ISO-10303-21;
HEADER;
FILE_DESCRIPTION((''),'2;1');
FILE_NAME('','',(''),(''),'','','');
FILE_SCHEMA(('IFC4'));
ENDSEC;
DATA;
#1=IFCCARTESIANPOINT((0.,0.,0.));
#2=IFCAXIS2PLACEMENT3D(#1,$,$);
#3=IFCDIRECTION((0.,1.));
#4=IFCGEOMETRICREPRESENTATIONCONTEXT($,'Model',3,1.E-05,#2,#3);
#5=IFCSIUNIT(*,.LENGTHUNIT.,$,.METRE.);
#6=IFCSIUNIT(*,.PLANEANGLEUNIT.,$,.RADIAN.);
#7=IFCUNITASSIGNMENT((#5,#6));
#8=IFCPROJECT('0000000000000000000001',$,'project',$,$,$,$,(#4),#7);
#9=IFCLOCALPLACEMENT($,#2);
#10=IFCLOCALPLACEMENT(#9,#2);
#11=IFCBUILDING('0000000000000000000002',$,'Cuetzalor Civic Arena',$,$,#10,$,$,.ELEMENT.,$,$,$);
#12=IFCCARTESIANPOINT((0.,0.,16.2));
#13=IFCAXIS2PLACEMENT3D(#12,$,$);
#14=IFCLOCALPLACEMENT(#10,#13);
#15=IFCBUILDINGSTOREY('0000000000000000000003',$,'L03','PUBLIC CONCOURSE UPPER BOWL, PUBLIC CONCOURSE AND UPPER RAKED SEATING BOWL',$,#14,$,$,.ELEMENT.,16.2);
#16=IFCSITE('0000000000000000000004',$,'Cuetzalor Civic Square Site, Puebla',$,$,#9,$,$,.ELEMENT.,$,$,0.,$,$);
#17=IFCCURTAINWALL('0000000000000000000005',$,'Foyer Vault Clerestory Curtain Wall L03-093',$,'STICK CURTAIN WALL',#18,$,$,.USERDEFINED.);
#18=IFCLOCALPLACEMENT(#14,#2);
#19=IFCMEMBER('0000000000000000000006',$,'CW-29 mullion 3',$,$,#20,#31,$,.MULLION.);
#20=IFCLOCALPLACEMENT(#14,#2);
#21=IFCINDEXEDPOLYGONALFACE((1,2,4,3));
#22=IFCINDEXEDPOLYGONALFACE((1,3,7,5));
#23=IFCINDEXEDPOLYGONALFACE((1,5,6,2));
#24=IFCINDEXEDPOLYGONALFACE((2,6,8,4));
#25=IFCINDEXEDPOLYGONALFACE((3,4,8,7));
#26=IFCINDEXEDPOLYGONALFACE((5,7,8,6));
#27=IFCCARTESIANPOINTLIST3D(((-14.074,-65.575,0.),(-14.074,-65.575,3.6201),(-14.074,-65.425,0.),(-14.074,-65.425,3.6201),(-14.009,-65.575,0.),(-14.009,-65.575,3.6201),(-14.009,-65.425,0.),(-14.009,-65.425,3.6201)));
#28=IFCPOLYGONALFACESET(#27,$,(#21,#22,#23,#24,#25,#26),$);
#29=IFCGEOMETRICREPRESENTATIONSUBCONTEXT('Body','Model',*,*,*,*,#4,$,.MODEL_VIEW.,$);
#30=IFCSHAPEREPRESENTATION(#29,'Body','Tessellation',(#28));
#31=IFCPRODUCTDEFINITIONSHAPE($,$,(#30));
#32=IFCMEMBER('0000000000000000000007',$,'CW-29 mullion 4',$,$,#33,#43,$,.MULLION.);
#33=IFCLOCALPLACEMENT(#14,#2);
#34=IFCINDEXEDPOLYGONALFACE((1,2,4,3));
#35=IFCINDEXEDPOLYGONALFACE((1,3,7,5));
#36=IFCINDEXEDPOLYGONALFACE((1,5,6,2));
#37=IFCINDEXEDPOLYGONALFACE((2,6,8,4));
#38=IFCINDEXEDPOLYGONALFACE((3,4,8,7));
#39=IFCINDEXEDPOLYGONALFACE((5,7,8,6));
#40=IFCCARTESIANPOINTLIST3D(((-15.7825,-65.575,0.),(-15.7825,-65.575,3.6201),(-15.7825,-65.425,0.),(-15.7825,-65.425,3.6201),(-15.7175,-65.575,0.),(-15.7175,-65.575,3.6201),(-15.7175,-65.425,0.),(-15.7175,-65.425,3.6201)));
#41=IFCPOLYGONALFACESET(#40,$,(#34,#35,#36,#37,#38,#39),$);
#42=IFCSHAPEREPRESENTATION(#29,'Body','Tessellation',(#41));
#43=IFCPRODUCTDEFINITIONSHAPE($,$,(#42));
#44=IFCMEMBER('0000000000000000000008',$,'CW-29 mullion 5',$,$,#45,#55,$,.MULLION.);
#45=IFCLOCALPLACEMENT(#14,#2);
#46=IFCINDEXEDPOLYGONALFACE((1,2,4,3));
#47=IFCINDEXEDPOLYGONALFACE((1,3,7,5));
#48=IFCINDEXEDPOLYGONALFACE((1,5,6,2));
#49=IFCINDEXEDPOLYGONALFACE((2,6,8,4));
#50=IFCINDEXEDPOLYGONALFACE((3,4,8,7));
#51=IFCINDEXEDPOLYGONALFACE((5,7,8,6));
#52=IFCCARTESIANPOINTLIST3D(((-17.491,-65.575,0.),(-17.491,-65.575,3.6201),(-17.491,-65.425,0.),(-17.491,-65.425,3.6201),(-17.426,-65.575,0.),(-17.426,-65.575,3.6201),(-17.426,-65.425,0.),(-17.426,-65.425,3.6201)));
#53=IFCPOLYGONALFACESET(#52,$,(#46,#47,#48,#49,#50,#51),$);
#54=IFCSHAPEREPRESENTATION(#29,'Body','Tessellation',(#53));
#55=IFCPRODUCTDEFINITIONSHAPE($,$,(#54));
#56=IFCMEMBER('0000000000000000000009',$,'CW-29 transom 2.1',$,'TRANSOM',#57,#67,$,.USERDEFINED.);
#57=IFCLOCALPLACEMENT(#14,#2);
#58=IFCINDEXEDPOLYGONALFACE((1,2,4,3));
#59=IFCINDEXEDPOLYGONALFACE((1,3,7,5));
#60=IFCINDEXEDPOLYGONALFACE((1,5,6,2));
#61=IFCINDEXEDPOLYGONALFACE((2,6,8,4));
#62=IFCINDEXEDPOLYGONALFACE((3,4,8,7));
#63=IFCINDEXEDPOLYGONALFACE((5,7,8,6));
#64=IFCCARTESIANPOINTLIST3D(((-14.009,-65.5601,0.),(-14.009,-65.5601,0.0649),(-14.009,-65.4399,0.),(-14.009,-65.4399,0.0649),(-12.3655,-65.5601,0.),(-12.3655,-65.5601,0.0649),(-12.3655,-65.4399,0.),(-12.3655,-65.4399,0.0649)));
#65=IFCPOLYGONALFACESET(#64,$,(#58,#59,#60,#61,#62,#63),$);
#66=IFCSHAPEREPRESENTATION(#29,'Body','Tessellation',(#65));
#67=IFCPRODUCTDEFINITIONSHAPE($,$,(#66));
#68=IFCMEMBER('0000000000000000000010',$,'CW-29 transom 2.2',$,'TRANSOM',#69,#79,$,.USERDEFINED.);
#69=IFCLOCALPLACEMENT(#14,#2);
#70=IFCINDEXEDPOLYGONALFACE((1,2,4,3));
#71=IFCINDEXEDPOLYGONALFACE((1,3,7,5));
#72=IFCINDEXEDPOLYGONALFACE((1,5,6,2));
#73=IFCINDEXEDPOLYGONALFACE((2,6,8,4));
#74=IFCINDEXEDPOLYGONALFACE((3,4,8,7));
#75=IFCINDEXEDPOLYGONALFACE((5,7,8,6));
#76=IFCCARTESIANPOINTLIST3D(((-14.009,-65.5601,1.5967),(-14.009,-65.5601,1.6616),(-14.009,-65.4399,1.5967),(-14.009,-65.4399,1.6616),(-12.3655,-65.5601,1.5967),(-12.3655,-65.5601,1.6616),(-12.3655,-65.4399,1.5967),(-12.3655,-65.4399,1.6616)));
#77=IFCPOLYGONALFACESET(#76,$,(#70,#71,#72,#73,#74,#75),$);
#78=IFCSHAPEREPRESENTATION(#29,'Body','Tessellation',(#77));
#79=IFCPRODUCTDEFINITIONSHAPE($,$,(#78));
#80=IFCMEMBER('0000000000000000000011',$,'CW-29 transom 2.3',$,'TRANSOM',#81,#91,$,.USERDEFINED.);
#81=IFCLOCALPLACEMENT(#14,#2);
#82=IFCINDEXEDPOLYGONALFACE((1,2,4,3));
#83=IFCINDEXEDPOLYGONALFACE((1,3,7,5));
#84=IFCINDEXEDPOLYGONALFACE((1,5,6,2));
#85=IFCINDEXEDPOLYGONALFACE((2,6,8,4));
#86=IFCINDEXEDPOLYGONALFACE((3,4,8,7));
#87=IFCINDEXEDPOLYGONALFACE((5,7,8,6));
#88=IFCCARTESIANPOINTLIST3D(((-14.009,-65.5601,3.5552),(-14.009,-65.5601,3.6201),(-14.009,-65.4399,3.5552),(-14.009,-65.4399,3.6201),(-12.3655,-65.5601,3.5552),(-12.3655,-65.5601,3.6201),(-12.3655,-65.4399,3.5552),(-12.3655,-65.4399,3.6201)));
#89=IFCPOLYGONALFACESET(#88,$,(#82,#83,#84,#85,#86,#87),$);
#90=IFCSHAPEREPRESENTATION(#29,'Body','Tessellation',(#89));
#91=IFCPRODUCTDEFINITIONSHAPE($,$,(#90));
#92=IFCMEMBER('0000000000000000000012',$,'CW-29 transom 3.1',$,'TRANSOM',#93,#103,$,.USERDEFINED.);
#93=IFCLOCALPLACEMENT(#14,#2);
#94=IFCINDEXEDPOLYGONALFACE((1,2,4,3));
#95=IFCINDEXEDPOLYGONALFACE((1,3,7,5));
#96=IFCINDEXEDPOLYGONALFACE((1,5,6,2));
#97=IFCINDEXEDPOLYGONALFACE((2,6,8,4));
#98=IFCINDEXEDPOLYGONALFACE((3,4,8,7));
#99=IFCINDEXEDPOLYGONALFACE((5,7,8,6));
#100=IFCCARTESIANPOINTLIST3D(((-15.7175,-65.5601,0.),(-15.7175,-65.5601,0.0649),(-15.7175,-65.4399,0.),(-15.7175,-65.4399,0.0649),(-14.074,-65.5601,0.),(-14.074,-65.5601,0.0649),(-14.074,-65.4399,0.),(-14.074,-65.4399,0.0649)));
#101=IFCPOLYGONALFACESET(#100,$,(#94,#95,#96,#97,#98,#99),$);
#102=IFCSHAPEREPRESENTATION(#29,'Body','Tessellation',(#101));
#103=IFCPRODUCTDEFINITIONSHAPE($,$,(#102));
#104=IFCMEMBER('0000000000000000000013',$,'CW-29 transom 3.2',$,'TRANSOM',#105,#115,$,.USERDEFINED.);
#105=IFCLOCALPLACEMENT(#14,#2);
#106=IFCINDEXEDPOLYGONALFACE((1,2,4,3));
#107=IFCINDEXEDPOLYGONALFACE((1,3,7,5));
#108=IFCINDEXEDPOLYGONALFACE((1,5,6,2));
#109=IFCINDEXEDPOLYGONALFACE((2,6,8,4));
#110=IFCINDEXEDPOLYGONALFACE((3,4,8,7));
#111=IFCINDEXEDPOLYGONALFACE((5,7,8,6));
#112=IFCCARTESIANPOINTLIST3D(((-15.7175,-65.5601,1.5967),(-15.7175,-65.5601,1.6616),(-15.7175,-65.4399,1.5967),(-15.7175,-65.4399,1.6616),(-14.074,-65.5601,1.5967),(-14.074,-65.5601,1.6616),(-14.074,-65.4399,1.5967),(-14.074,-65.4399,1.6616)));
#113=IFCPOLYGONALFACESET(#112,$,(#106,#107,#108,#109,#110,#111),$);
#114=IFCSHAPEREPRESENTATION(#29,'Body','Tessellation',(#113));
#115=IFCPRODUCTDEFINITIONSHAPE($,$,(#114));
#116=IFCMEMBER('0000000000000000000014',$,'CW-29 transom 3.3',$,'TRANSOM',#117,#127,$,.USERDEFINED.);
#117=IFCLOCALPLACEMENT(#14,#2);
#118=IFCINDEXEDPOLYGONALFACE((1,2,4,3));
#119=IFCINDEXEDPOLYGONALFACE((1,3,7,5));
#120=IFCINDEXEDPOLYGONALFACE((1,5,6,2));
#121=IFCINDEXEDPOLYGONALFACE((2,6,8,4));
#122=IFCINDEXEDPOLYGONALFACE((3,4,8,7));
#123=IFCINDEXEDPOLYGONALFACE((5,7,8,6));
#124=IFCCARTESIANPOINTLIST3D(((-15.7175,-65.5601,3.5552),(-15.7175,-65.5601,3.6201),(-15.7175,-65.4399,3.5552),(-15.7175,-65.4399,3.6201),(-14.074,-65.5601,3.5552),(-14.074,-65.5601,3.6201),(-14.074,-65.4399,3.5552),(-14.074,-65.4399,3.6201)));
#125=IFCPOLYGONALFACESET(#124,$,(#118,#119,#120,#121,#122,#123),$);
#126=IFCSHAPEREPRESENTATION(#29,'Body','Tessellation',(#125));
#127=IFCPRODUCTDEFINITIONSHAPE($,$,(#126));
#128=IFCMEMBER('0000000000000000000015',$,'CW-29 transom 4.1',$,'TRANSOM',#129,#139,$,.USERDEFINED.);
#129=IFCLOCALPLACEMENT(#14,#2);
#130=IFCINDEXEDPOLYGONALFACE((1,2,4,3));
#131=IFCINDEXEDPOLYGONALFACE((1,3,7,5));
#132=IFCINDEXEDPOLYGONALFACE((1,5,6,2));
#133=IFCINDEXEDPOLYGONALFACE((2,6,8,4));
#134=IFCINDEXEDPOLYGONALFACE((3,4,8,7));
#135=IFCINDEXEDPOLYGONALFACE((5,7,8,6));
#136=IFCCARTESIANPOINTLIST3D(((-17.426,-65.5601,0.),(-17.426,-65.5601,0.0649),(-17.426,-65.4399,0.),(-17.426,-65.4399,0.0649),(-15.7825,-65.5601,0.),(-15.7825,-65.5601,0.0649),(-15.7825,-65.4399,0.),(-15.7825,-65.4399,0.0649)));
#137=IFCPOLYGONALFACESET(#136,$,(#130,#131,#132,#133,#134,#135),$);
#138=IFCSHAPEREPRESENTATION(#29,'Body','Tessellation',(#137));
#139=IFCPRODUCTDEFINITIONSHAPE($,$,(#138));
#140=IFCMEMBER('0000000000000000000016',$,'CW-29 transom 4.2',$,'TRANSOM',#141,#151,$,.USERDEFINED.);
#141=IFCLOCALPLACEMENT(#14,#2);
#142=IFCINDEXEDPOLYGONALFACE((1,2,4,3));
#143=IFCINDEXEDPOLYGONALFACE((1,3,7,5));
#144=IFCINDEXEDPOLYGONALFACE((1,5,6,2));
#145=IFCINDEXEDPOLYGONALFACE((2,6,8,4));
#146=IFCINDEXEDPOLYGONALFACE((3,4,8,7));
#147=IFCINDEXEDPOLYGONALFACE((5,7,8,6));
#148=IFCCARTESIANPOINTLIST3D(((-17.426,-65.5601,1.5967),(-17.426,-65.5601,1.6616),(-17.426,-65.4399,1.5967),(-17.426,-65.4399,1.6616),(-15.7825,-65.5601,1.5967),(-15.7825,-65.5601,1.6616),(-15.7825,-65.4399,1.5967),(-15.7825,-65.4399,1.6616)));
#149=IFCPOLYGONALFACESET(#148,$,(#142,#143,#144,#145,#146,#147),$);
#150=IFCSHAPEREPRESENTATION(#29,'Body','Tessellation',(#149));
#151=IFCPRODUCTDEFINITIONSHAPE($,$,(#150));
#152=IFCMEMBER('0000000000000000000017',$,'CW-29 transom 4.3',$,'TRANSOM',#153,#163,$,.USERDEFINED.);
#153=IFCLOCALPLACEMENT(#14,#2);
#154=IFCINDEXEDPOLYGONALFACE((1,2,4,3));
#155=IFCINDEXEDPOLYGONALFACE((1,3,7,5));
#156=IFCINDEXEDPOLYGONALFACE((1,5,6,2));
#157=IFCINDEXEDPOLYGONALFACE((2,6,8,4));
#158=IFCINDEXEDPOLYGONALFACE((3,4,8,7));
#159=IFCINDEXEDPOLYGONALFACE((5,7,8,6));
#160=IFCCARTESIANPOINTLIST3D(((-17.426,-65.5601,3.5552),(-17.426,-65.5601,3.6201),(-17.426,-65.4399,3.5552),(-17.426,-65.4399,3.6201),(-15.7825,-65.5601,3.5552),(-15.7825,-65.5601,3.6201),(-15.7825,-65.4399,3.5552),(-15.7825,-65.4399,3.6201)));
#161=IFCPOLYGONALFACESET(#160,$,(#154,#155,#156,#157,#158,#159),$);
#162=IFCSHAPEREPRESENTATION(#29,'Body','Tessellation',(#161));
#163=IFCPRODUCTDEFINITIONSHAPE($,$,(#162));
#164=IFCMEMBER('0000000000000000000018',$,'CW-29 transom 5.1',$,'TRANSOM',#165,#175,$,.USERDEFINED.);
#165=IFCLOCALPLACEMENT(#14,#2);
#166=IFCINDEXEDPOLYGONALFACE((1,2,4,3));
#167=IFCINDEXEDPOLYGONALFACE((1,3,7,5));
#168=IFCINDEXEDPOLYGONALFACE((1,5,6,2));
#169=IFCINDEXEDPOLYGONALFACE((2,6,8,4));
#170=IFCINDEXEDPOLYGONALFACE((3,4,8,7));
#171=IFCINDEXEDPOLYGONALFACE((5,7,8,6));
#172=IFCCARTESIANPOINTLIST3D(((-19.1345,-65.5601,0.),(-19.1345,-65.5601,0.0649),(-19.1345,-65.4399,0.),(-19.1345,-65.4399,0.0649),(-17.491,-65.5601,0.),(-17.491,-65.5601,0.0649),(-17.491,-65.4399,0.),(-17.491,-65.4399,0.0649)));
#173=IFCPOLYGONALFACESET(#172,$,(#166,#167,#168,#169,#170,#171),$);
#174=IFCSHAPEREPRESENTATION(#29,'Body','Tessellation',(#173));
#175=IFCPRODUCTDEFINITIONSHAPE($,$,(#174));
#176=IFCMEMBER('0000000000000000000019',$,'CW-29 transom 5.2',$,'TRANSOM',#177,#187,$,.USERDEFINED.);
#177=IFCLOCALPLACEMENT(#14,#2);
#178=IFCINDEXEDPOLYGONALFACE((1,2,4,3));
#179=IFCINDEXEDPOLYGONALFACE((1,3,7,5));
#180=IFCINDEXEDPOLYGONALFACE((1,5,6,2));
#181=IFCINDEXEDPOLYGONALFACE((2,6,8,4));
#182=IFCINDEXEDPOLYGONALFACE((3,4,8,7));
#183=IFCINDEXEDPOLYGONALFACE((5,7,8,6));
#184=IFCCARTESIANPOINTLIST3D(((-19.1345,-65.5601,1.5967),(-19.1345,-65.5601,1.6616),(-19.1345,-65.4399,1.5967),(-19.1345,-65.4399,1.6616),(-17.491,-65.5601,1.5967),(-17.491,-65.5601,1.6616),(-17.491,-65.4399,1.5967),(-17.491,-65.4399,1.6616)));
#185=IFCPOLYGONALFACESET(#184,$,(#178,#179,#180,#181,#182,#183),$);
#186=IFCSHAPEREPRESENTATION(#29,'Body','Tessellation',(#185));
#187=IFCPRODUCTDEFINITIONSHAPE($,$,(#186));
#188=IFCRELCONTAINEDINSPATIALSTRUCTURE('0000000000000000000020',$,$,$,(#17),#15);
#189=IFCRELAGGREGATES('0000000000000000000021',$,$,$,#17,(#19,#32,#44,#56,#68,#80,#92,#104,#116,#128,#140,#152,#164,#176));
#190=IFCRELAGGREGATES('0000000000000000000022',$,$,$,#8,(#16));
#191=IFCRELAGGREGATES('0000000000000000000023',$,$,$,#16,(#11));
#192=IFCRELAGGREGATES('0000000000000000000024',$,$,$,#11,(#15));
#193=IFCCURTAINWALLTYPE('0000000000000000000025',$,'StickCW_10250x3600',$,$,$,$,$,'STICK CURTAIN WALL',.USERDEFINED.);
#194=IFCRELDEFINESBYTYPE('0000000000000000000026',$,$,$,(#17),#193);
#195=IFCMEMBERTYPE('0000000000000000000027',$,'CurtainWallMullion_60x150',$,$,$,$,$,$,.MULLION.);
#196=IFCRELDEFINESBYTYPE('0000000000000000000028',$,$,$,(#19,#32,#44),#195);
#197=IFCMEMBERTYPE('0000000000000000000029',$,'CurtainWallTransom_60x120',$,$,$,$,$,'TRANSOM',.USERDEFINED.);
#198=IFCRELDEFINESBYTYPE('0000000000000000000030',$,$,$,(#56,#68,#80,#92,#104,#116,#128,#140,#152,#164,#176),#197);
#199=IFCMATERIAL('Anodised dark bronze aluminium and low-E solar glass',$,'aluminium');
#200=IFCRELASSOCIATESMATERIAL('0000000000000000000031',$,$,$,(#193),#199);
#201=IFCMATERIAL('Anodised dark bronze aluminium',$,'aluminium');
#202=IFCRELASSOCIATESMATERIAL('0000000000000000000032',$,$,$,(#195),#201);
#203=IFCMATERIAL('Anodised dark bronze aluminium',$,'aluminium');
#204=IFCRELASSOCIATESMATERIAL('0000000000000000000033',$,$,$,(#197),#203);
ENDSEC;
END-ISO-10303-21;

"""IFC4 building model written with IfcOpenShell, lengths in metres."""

from ifc_helpers import new_model, si_unit, direction, frame, origin, origin_2d, place, context, subcontext, project, spatial, rectangle, extrude, material, material_profile, profile_set, type_object, element, aggregate, save


model = new_model("IFC4")

# Units and contexts
model_context = context("Model", 3, precision=1e-05, world=origin(), true_north=direction((0.0, 1.0)))
body_context = subcontext(model_context, "Body", "Model", "MODEL_VIEW")
ifc_project = project(units=[si_unit("LENGTHUNIT", "METRE"), si_unit("PLANEANGLEUNIT", "RADIAN")], contexts=[model_context])

# Site, building, storey
site_placement = place(None, origin())
site = spatial("IfcSite", under=ifc_project, at=site_placement, Name="Cuetzalor Civic Square Site, Puebla", CompositionType="ELEMENT", RefElevation=0.0)
building_placement = place(site_placement, origin())
building = spatial("IfcBuilding", under=site, at=building_placement, Name="Cuetzalor Civic Arena", CompositionType="ELEMENT")
storey_placement = place(building_placement, frame((0.0, 0.0, 16.2)))
storey = spatial("IfcBuildingStorey", under=building, at=storey_placement, Name="L03", Description="PUBLIC CONCOURSE UPPER BOWL, PUBLIC CONCOURSE AND UPPER RAKED SEATING BOWL", CompositionType="ELEMENT", Elevation=16.2)

# Curtain wall, members
ifc_material_1 = material(Name="Anodised dark bronze aluminium and low-E solar glass", Category="aluminium")
curtain_wall_type = type_object("IfcCurtainWallType", Name="StickCW_10250x3600", ElementType="STICK CURTAIN WALL", PredefinedType="USERDEFINED", material=ifc_material_1)
curtain_wall_placement = place(storey_placement, origin())
curtain_wall = element("IfcCurtainWall", 1, at=curtain_wall_placement, inside=storey, type_object=curtain_wall_type, Name="Foyer Vault Clerestory Curtain Wall L03-093", ObjectType="STICK CURTAIN WALL", PredefinedType="USERDEFINED")
ifc_material_2 = material(Name="Anodised dark bronze aluminium", Category="aluminium")
ifc_material_profile_1 = material_profile(ifc_material_2, rectangle(XDim=0.0649, YDim=0.1499, at=origin_2d()), Name="ALU MULLION 65x150")
ifc_profile_set_1 = profile_set([ifc_material_profile_1], Name="Anodised dark bronze aluminium")
member_type_1 = type_object("IfcMemberType", Name="CurtainWallMullion_60x150", PredefinedType="MULLION", material=ifc_profile_set_1)
member_1_placement = place(storey_placement, frame((-14.0415, -65.5, 0.0), z_axis=(0.0, 0.0, 1.0), x_axis=(-1.0, 0.0, 0.0)))
member_1 = element("IfcMember", 2, at=member_1_placement, type_object=member_type_1, Name="CW-29 mullion 3", PredefinedType="MULLION", context=body_context, shape_type="SweptSolid", body=[
    extrude(rectangle(XDim=0.0649, YDim=0.1499, at=origin_2d()), origin(), (0.0, 0.0, 1.0), 3.6201),
])
member_2_placement = place(storey_placement, frame((-15.75, -65.5, 0.0), z_axis=(0.0, 0.0, 1.0), x_axis=(-1.0, 0.0, 0.0)))
member_2 = element("IfcMember", 3, at=member_2_placement, type_object=member_type_1, Name="CW-29 mullion 4", PredefinedType="MULLION", context=body_context, shape_type="SweptSolid", body=[
    extrude(rectangle(XDim=0.0649, YDim=0.1499, at=origin_2d()), origin(), (0.0, 0.0, 1.0), 3.6201),
])
member_3_placement = place(storey_placement, frame((-17.4585, -65.5, 0.0), z_axis=(0.0, 0.0, 1.0), x_axis=(-1.0, 0.0, 0.0)))
member_3 = element("IfcMember", 4, at=member_3_placement, type_object=member_type_1, Name="CW-29 mullion 5", PredefinedType="MULLION", context=body_context, shape_type="SweptSolid", body=[
    extrude(rectangle(XDim=0.0649, YDim=0.1499, at=origin_2d()), origin(), (0.0, 0.0, 1.0), 3.6201),
])
ifc_material_3 = material(Name="Anodised dark bronze aluminium", Category="aluminium")
ifc_material_profile_2 = material_profile(ifc_material_3, rectangle(XDim=0.1201, YDim=0.0649, at=origin_2d()), Name="ALU TRANSOM 65x120")
ifc_profile_set_2 = profile_set([ifc_material_profile_2], Name="Anodised dark bronze aluminium")
member_type_2 = type_object("IfcMemberType", Name="CurtainWallTransom_60x120", ElementType="TRANSOM", PredefinedType="USERDEFINED", material=ifc_profile_set_2)
member_4_placement = place(storey_placement, frame((-12.3655, -65.5, 0.0325), z_axis=(-1.0, 0.0, 0.0), x_axis=(0.0, -1.0, 0.0)))
member_4 = element("IfcMember", 5, at=member_4_placement, type_object=member_type_2, Name="CW-29 transom 2.1", ObjectType="TRANSOM", PredefinedType="USERDEFINED", context=body_context, shape_type="SweptSolid", body=[
    extrude(rectangle(XDim=0.1201, YDim=0.0649, at=origin_2d()), origin(), (0.0, 0.0, 1.0), 1.6436),
])
member_5_placement = place(storey_placement, frame((-12.3655, -65.5, 1.6292), z_axis=(-1.0, 0.0, 0.0), x_axis=(0.0, -1.0, 0.0)))
member_5 = element("IfcMember", 6, at=member_5_placement, type_object=member_type_2, Name="CW-29 transom 2.2", ObjectType="TRANSOM", PredefinedType="USERDEFINED", context=body_context, shape_type="SweptSolid", body=[
    extrude(rectangle(XDim=0.1201, YDim=0.0649, at=origin_2d()), origin(), (0.0, 0.0, 1.0), 1.6436),
])
member_6_placement = place(storey_placement, frame((-12.3655, -65.5, 3.5876), z_axis=(-1.0, 0.0, 0.0), x_axis=(0.0, -1.0, 0.0)))
member_6 = element("IfcMember", 7, at=member_6_placement, type_object=member_type_2, Name="CW-29 transom 2.3", ObjectType="TRANSOM", PredefinedType="USERDEFINED", context=body_context, shape_type="SweptSolid", body=[
    extrude(rectangle(XDim=0.1201, YDim=0.0649, at=origin_2d()), origin(), (0.0, 0.0, 1.0), 1.6436),
])
member_7_placement = place(storey_placement, frame((-14.074, -65.5, 0.0325), z_axis=(-1.0, 0.0, 0.0), x_axis=(0.0, -1.0, 0.0)))
member_7 = element("IfcMember", 8, at=member_7_placement, type_object=member_type_2, Name="CW-29 transom 3.1", ObjectType="TRANSOM", PredefinedType="USERDEFINED", context=body_context, shape_type="SweptSolid", body=[
    extrude(rectangle(XDim=0.1201, YDim=0.0649, at=origin_2d()), origin(), (0.0, 0.0, 1.0), 1.6436),
])
member_8_placement = place(storey_placement, frame((-14.074, -65.5, 1.6292), z_axis=(-1.0, 0.0, 0.0), x_axis=(0.0, -1.0, 0.0)))
member_8 = element("IfcMember", 9, at=member_8_placement, type_object=member_type_2, Name="CW-29 transom 3.2", ObjectType="TRANSOM", PredefinedType="USERDEFINED", context=body_context, shape_type="SweptSolid", body=[
    extrude(rectangle(XDim=0.1201, YDim=0.0649, at=origin_2d()), origin(), (0.0, 0.0, 1.0), 1.6436),
])
member_9_placement = place(storey_placement, frame((-14.074, -65.5, 3.5876), z_axis=(-1.0, 0.0, 0.0), x_axis=(0.0, -1.0, 0.0)))
member_9 = element("IfcMember", 10, at=member_9_placement, type_object=member_type_2, Name="CW-29 transom 3.3", ObjectType="TRANSOM", PredefinedType="USERDEFINED", context=body_context, shape_type="SweptSolid", body=[
    extrude(rectangle(XDim=0.1201, YDim=0.0649, at=origin_2d()), origin(), (0.0, 0.0, 1.0), 1.6436),
])
member_10_placement = place(storey_placement, frame((-15.7825, -65.5, 0.0325), z_axis=(-1.0, 0.0, 0.0), x_axis=(0.0, -1.0, 0.0)))
member_10 = element("IfcMember", 11, at=member_10_placement, type_object=member_type_2, Name="CW-29 transom 4.1", ObjectType="TRANSOM", PredefinedType="USERDEFINED", context=body_context, shape_type="SweptSolid", body=[
    extrude(rectangle(XDim=0.1201, YDim=0.0649, at=origin_2d()), origin(), (0.0, 0.0, 1.0), 1.6436),
])
member_11_placement = place(storey_placement, frame((-15.7825, -65.5, 1.6292), z_axis=(-1.0, 0.0, 0.0), x_axis=(0.0, -1.0, 0.0)))
member_11 = element("IfcMember", 12, at=member_11_placement, type_object=member_type_2, Name="CW-29 transom 4.2", ObjectType="TRANSOM", PredefinedType="USERDEFINED", context=body_context, shape_type="SweptSolid", body=[
    extrude(rectangle(XDim=0.1201, YDim=0.0649, at=origin_2d()), origin(), (0.0, 0.0, 1.0), 1.6436),
])
member_12_placement = place(storey_placement, frame((-15.7825, -65.5, 3.5876), z_axis=(-1.0, 0.0, 0.0), x_axis=(0.0, -1.0, 0.0)))
member_12 = element("IfcMember", 13, at=member_12_placement, type_object=member_type_2, Name="CW-29 transom 4.3", ObjectType="TRANSOM", PredefinedType="USERDEFINED", context=body_context, shape_type="SweptSolid", body=[
    extrude(rectangle(XDim=0.1201, YDim=0.0649, at=origin_2d()), origin(), (0.0, 0.0, 1.0), 1.6436),
])
member_13_placement = place(storey_placement, frame((-17.491, -65.5, 0.0325), z_axis=(-1.0, 0.0, 0.0), x_axis=(0.0, -1.0, 0.0)))
member_13 = element("IfcMember", 14, at=member_13_placement, type_object=member_type_2, Name="CW-29 transom 5.1", ObjectType="TRANSOM", PredefinedType="USERDEFINED", context=body_context, shape_type="SweptSolid", body=[
    extrude(rectangle(XDim=0.1201, YDim=0.0649, at=origin_2d()), origin(), (0.0, 0.0, 1.0), 1.6436),
])
member_14_placement = place(storey_placement, frame((-17.491, -65.5, 1.6292), z_axis=(-1.0, 0.0, 0.0), x_axis=(0.0, -1.0, 0.0)))
member_14 = element("IfcMember", 15, at=member_14_placement, type_object=member_type_2, Name="CW-29 transom 5.2", ObjectType="TRANSOM", PredefinedType="USERDEFINED", context=body_context, shape_type="SweptSolid", body=[
    extrude(rectangle(XDim=0.1201, YDim=0.0649, at=origin_2d()), origin(), (0.0, 0.0, 1.0), 1.6436),
])
aggregate(curtain_wall, [member_1, member_2, member_3, member_4, member_5, member_6, member_7, member_8, member_9, member_10, member_11, member_12, member_13, member_14])

save(model, "model.ifc")
